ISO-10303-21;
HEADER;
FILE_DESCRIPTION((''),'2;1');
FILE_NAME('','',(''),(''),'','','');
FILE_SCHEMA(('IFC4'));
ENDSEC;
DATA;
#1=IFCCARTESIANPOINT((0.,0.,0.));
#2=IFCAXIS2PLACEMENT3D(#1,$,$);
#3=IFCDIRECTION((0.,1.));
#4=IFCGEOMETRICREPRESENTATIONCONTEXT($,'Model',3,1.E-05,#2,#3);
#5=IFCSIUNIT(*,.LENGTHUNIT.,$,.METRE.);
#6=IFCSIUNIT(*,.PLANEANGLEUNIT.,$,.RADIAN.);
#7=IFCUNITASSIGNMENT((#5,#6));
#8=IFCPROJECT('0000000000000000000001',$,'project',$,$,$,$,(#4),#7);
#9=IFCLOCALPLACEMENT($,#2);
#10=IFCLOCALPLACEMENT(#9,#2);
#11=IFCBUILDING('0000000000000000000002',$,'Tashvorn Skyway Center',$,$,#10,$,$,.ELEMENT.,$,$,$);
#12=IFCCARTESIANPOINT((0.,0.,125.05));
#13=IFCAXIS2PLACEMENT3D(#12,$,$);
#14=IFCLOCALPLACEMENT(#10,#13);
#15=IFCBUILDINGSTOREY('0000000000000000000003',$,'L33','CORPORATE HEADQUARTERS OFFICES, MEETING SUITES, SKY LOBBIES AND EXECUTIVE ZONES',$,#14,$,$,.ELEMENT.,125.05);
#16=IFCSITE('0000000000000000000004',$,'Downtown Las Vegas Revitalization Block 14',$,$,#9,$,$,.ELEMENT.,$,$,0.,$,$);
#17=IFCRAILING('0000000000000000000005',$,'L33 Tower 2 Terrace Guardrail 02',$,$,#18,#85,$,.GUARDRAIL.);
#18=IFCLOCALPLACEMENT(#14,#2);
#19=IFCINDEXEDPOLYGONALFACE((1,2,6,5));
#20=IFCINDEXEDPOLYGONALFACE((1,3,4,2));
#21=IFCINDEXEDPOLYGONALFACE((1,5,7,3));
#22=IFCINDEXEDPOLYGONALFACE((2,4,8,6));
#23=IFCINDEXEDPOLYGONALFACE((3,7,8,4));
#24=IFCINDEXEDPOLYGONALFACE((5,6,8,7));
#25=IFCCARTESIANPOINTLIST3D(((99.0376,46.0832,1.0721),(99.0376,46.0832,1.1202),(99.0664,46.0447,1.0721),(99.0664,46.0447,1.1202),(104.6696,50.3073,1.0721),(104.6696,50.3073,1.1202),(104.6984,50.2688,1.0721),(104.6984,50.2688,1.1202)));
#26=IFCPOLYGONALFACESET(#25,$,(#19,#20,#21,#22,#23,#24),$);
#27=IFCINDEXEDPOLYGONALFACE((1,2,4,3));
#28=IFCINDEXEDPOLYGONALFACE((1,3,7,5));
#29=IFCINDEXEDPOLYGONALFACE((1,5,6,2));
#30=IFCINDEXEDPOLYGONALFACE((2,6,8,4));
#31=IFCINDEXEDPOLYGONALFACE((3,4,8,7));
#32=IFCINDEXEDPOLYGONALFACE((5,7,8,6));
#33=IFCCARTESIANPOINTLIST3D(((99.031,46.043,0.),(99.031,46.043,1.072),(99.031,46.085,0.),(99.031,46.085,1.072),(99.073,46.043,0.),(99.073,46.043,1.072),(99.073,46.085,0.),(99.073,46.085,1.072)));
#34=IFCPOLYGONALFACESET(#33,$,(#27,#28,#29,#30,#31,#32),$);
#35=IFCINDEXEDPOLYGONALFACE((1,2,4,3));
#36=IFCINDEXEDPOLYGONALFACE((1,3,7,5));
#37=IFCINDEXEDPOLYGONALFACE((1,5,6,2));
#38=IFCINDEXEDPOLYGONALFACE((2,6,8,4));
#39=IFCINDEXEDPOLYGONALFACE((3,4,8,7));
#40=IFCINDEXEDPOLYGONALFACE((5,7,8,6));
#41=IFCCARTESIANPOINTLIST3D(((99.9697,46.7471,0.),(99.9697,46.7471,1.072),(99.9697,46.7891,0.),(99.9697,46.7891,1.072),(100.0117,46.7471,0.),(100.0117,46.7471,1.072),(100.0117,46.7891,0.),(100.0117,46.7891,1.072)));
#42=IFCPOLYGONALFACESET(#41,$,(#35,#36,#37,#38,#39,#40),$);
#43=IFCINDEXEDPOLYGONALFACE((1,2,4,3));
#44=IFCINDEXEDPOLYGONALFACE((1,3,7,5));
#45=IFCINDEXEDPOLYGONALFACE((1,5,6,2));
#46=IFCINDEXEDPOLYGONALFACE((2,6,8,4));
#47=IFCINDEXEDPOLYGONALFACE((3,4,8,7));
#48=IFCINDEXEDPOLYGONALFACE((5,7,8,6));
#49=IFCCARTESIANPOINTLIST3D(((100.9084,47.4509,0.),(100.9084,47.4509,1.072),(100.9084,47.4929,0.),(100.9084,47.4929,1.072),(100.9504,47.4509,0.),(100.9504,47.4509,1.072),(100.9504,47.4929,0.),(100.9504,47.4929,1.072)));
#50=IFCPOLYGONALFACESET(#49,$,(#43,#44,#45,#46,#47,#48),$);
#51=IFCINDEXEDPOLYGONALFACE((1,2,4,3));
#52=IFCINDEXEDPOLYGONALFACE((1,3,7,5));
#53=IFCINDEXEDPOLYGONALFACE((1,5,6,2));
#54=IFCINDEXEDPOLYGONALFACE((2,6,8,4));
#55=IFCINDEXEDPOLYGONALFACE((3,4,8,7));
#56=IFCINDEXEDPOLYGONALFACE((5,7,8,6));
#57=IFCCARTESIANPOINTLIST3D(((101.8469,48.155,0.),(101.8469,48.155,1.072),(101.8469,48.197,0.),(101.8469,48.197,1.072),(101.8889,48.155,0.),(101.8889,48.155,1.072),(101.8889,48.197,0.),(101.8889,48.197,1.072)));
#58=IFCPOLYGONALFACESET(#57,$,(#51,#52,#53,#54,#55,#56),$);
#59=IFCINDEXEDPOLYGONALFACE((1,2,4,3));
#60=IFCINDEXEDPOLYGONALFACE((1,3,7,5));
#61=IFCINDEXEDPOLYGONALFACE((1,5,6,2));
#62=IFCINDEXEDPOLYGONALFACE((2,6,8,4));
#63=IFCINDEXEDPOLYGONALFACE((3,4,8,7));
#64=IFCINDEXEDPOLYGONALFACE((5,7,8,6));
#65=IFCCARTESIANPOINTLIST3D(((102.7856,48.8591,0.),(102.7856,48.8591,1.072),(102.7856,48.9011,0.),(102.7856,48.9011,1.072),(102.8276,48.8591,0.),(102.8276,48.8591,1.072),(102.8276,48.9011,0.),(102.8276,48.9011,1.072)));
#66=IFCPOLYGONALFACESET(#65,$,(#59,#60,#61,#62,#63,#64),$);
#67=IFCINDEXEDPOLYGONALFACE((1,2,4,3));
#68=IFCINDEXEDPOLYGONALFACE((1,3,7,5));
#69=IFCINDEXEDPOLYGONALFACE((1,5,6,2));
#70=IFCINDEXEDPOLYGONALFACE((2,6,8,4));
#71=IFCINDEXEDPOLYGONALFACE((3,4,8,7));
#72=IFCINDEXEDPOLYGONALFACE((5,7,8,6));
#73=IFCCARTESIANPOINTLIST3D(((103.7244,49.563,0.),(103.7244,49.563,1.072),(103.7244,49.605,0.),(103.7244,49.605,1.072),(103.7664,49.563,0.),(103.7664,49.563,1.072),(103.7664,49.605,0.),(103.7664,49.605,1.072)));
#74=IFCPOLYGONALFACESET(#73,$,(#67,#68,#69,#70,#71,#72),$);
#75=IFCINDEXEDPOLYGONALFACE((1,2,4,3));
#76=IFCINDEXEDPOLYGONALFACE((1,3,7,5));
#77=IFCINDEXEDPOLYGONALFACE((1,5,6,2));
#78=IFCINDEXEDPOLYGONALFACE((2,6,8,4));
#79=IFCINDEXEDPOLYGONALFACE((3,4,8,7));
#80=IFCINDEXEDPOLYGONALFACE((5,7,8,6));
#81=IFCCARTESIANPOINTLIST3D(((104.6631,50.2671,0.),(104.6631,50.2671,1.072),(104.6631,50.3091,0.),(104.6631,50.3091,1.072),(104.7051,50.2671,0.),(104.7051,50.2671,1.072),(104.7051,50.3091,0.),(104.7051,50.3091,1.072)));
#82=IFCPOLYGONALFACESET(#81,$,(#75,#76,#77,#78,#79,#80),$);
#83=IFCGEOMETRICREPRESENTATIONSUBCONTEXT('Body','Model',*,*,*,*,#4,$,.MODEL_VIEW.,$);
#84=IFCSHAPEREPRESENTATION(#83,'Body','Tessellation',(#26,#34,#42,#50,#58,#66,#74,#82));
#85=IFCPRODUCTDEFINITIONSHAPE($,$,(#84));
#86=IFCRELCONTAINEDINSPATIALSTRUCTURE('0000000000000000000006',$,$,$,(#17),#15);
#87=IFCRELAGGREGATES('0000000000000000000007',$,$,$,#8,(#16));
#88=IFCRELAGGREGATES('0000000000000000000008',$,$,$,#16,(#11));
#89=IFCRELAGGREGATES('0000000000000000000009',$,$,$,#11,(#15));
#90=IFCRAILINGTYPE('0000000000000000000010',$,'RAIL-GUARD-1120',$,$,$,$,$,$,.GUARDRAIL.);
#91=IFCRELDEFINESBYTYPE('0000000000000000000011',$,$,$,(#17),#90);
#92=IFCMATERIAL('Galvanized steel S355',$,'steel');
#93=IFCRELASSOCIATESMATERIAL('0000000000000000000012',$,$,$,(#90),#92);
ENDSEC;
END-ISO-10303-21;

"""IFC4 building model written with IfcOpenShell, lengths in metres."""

from ifc_helpers import new_model, si_unit, direction, frame, origin, origin_2d, place, context, subcontext, project, spatial, rectangle, extrude, material, type_object, element, save


model = new_model("IFC4")

# Units and contexts
model_context = context("Model", 3, precision=1e-05, world=origin(), true_north=direction((0.0, 1.0)))
body_context = subcontext(model_context, "Body", "Model", "MODEL_VIEW")
ifc_project = project(units=[si_unit("LENGTHUNIT", "METRE"), si_unit("PLANEANGLEUNIT", "RADIAN")], contexts=[model_context])

# Site, building, storey
site_placement = place(None, origin())
site = spatial("IfcSite", under=ifc_project, at=site_placement, Name="Downtown Las Vegas Revitalization Block 14", CompositionType="ELEMENT", RefElevation=0.0)
building_placement = place(site_placement, origin())
building = spatial("IfcBuilding", under=site, at=building_placement, Name="Tashvorn Skyway Center", CompositionType="ELEMENT")
storey_placement = place(building_placement, frame((0.0, 0.0, 125.05)))
storey = spatial("IfcBuildingStorey", under=building, at=storey_placement, Name="L33", Description="CORPORATE HEADQUARTERS OFFICES, MEETING SUITES, SKY LOBBIES AND EXECUTIVE ZONES", CompositionType="ELEMENT", Elevation=125.05)

# Railing
ifc_material_1 = material(Name="Galvanized steel S355", Category="steel")
railing_type = type_object("IfcRailingType", Name="RAIL-GUARD-1120", PredefinedType="GUARDRAIL", material=ifc_material_1)
railing_1_placement = place(storey_placement, frame((99.052, 46.064, 0.0)))
element("IfcRailing", 1, at=railing_1_placement, inside=storey, type_object=railing_type, Name="L33 Tower 2 Terrace Guardrail 02", PredefinedType="GUARDRAIL", context=body_context, shape_type="SweptSolid", body=[
    extrude(rectangle(XDim=0.0481, YDim=0.0481, at=origin_2d()), frame((0.0, 0.0, 1.0962), z_axis=(0.799996, 0.600006, 0.0), x_axis=(-0.600006, 0.799996, 0.0)), (0.0, 0.0, 1.0), 7.04),
    extrude(rectangle(XDim=0.042, YDim=0.042, at=origin_2d()), origin(), (0.0, 0.0, 1.0), 1.072),
    extrude(rectangle(XDim=0.042, YDim=0.042, at=origin_2d()), frame((0.9387, 0.7041, 0.0)), (0.0, 0.0, 1.0), 1.072),
    extrude(rectangle(XDim=0.042, YDim=0.042, at=origin_2d()), frame((1.8774, 1.408, 0.0)), (0.0, 0.0, 1.0), 1.072),
    extrude(rectangle(XDim=0.042, YDim=0.042, at=origin_2d()), frame((2.8159, 2.1121, 0.0)), (0.0, 0.0, 1.0), 1.072),
    extrude(rectangle(XDim=0.042, YDim=0.042, at=origin_2d()), frame((3.7546, 2.8162, 0.0)), (0.0, 0.0, 1.0), 1.072),
    extrude(rectangle(XDim=0.042, YDim=0.042, at=origin_2d()), frame((4.6934, 3.52, 0.0)), (0.0, 0.0, 1.0), 1.072),
    extrude(rectangle(XDim=0.042, YDim=0.042, at=origin_2d()), frame((5.6321, 4.2241, 0.0)), (0.0, 0.0, 1.0), 1.072),
])

save(model, "model.ifc")
